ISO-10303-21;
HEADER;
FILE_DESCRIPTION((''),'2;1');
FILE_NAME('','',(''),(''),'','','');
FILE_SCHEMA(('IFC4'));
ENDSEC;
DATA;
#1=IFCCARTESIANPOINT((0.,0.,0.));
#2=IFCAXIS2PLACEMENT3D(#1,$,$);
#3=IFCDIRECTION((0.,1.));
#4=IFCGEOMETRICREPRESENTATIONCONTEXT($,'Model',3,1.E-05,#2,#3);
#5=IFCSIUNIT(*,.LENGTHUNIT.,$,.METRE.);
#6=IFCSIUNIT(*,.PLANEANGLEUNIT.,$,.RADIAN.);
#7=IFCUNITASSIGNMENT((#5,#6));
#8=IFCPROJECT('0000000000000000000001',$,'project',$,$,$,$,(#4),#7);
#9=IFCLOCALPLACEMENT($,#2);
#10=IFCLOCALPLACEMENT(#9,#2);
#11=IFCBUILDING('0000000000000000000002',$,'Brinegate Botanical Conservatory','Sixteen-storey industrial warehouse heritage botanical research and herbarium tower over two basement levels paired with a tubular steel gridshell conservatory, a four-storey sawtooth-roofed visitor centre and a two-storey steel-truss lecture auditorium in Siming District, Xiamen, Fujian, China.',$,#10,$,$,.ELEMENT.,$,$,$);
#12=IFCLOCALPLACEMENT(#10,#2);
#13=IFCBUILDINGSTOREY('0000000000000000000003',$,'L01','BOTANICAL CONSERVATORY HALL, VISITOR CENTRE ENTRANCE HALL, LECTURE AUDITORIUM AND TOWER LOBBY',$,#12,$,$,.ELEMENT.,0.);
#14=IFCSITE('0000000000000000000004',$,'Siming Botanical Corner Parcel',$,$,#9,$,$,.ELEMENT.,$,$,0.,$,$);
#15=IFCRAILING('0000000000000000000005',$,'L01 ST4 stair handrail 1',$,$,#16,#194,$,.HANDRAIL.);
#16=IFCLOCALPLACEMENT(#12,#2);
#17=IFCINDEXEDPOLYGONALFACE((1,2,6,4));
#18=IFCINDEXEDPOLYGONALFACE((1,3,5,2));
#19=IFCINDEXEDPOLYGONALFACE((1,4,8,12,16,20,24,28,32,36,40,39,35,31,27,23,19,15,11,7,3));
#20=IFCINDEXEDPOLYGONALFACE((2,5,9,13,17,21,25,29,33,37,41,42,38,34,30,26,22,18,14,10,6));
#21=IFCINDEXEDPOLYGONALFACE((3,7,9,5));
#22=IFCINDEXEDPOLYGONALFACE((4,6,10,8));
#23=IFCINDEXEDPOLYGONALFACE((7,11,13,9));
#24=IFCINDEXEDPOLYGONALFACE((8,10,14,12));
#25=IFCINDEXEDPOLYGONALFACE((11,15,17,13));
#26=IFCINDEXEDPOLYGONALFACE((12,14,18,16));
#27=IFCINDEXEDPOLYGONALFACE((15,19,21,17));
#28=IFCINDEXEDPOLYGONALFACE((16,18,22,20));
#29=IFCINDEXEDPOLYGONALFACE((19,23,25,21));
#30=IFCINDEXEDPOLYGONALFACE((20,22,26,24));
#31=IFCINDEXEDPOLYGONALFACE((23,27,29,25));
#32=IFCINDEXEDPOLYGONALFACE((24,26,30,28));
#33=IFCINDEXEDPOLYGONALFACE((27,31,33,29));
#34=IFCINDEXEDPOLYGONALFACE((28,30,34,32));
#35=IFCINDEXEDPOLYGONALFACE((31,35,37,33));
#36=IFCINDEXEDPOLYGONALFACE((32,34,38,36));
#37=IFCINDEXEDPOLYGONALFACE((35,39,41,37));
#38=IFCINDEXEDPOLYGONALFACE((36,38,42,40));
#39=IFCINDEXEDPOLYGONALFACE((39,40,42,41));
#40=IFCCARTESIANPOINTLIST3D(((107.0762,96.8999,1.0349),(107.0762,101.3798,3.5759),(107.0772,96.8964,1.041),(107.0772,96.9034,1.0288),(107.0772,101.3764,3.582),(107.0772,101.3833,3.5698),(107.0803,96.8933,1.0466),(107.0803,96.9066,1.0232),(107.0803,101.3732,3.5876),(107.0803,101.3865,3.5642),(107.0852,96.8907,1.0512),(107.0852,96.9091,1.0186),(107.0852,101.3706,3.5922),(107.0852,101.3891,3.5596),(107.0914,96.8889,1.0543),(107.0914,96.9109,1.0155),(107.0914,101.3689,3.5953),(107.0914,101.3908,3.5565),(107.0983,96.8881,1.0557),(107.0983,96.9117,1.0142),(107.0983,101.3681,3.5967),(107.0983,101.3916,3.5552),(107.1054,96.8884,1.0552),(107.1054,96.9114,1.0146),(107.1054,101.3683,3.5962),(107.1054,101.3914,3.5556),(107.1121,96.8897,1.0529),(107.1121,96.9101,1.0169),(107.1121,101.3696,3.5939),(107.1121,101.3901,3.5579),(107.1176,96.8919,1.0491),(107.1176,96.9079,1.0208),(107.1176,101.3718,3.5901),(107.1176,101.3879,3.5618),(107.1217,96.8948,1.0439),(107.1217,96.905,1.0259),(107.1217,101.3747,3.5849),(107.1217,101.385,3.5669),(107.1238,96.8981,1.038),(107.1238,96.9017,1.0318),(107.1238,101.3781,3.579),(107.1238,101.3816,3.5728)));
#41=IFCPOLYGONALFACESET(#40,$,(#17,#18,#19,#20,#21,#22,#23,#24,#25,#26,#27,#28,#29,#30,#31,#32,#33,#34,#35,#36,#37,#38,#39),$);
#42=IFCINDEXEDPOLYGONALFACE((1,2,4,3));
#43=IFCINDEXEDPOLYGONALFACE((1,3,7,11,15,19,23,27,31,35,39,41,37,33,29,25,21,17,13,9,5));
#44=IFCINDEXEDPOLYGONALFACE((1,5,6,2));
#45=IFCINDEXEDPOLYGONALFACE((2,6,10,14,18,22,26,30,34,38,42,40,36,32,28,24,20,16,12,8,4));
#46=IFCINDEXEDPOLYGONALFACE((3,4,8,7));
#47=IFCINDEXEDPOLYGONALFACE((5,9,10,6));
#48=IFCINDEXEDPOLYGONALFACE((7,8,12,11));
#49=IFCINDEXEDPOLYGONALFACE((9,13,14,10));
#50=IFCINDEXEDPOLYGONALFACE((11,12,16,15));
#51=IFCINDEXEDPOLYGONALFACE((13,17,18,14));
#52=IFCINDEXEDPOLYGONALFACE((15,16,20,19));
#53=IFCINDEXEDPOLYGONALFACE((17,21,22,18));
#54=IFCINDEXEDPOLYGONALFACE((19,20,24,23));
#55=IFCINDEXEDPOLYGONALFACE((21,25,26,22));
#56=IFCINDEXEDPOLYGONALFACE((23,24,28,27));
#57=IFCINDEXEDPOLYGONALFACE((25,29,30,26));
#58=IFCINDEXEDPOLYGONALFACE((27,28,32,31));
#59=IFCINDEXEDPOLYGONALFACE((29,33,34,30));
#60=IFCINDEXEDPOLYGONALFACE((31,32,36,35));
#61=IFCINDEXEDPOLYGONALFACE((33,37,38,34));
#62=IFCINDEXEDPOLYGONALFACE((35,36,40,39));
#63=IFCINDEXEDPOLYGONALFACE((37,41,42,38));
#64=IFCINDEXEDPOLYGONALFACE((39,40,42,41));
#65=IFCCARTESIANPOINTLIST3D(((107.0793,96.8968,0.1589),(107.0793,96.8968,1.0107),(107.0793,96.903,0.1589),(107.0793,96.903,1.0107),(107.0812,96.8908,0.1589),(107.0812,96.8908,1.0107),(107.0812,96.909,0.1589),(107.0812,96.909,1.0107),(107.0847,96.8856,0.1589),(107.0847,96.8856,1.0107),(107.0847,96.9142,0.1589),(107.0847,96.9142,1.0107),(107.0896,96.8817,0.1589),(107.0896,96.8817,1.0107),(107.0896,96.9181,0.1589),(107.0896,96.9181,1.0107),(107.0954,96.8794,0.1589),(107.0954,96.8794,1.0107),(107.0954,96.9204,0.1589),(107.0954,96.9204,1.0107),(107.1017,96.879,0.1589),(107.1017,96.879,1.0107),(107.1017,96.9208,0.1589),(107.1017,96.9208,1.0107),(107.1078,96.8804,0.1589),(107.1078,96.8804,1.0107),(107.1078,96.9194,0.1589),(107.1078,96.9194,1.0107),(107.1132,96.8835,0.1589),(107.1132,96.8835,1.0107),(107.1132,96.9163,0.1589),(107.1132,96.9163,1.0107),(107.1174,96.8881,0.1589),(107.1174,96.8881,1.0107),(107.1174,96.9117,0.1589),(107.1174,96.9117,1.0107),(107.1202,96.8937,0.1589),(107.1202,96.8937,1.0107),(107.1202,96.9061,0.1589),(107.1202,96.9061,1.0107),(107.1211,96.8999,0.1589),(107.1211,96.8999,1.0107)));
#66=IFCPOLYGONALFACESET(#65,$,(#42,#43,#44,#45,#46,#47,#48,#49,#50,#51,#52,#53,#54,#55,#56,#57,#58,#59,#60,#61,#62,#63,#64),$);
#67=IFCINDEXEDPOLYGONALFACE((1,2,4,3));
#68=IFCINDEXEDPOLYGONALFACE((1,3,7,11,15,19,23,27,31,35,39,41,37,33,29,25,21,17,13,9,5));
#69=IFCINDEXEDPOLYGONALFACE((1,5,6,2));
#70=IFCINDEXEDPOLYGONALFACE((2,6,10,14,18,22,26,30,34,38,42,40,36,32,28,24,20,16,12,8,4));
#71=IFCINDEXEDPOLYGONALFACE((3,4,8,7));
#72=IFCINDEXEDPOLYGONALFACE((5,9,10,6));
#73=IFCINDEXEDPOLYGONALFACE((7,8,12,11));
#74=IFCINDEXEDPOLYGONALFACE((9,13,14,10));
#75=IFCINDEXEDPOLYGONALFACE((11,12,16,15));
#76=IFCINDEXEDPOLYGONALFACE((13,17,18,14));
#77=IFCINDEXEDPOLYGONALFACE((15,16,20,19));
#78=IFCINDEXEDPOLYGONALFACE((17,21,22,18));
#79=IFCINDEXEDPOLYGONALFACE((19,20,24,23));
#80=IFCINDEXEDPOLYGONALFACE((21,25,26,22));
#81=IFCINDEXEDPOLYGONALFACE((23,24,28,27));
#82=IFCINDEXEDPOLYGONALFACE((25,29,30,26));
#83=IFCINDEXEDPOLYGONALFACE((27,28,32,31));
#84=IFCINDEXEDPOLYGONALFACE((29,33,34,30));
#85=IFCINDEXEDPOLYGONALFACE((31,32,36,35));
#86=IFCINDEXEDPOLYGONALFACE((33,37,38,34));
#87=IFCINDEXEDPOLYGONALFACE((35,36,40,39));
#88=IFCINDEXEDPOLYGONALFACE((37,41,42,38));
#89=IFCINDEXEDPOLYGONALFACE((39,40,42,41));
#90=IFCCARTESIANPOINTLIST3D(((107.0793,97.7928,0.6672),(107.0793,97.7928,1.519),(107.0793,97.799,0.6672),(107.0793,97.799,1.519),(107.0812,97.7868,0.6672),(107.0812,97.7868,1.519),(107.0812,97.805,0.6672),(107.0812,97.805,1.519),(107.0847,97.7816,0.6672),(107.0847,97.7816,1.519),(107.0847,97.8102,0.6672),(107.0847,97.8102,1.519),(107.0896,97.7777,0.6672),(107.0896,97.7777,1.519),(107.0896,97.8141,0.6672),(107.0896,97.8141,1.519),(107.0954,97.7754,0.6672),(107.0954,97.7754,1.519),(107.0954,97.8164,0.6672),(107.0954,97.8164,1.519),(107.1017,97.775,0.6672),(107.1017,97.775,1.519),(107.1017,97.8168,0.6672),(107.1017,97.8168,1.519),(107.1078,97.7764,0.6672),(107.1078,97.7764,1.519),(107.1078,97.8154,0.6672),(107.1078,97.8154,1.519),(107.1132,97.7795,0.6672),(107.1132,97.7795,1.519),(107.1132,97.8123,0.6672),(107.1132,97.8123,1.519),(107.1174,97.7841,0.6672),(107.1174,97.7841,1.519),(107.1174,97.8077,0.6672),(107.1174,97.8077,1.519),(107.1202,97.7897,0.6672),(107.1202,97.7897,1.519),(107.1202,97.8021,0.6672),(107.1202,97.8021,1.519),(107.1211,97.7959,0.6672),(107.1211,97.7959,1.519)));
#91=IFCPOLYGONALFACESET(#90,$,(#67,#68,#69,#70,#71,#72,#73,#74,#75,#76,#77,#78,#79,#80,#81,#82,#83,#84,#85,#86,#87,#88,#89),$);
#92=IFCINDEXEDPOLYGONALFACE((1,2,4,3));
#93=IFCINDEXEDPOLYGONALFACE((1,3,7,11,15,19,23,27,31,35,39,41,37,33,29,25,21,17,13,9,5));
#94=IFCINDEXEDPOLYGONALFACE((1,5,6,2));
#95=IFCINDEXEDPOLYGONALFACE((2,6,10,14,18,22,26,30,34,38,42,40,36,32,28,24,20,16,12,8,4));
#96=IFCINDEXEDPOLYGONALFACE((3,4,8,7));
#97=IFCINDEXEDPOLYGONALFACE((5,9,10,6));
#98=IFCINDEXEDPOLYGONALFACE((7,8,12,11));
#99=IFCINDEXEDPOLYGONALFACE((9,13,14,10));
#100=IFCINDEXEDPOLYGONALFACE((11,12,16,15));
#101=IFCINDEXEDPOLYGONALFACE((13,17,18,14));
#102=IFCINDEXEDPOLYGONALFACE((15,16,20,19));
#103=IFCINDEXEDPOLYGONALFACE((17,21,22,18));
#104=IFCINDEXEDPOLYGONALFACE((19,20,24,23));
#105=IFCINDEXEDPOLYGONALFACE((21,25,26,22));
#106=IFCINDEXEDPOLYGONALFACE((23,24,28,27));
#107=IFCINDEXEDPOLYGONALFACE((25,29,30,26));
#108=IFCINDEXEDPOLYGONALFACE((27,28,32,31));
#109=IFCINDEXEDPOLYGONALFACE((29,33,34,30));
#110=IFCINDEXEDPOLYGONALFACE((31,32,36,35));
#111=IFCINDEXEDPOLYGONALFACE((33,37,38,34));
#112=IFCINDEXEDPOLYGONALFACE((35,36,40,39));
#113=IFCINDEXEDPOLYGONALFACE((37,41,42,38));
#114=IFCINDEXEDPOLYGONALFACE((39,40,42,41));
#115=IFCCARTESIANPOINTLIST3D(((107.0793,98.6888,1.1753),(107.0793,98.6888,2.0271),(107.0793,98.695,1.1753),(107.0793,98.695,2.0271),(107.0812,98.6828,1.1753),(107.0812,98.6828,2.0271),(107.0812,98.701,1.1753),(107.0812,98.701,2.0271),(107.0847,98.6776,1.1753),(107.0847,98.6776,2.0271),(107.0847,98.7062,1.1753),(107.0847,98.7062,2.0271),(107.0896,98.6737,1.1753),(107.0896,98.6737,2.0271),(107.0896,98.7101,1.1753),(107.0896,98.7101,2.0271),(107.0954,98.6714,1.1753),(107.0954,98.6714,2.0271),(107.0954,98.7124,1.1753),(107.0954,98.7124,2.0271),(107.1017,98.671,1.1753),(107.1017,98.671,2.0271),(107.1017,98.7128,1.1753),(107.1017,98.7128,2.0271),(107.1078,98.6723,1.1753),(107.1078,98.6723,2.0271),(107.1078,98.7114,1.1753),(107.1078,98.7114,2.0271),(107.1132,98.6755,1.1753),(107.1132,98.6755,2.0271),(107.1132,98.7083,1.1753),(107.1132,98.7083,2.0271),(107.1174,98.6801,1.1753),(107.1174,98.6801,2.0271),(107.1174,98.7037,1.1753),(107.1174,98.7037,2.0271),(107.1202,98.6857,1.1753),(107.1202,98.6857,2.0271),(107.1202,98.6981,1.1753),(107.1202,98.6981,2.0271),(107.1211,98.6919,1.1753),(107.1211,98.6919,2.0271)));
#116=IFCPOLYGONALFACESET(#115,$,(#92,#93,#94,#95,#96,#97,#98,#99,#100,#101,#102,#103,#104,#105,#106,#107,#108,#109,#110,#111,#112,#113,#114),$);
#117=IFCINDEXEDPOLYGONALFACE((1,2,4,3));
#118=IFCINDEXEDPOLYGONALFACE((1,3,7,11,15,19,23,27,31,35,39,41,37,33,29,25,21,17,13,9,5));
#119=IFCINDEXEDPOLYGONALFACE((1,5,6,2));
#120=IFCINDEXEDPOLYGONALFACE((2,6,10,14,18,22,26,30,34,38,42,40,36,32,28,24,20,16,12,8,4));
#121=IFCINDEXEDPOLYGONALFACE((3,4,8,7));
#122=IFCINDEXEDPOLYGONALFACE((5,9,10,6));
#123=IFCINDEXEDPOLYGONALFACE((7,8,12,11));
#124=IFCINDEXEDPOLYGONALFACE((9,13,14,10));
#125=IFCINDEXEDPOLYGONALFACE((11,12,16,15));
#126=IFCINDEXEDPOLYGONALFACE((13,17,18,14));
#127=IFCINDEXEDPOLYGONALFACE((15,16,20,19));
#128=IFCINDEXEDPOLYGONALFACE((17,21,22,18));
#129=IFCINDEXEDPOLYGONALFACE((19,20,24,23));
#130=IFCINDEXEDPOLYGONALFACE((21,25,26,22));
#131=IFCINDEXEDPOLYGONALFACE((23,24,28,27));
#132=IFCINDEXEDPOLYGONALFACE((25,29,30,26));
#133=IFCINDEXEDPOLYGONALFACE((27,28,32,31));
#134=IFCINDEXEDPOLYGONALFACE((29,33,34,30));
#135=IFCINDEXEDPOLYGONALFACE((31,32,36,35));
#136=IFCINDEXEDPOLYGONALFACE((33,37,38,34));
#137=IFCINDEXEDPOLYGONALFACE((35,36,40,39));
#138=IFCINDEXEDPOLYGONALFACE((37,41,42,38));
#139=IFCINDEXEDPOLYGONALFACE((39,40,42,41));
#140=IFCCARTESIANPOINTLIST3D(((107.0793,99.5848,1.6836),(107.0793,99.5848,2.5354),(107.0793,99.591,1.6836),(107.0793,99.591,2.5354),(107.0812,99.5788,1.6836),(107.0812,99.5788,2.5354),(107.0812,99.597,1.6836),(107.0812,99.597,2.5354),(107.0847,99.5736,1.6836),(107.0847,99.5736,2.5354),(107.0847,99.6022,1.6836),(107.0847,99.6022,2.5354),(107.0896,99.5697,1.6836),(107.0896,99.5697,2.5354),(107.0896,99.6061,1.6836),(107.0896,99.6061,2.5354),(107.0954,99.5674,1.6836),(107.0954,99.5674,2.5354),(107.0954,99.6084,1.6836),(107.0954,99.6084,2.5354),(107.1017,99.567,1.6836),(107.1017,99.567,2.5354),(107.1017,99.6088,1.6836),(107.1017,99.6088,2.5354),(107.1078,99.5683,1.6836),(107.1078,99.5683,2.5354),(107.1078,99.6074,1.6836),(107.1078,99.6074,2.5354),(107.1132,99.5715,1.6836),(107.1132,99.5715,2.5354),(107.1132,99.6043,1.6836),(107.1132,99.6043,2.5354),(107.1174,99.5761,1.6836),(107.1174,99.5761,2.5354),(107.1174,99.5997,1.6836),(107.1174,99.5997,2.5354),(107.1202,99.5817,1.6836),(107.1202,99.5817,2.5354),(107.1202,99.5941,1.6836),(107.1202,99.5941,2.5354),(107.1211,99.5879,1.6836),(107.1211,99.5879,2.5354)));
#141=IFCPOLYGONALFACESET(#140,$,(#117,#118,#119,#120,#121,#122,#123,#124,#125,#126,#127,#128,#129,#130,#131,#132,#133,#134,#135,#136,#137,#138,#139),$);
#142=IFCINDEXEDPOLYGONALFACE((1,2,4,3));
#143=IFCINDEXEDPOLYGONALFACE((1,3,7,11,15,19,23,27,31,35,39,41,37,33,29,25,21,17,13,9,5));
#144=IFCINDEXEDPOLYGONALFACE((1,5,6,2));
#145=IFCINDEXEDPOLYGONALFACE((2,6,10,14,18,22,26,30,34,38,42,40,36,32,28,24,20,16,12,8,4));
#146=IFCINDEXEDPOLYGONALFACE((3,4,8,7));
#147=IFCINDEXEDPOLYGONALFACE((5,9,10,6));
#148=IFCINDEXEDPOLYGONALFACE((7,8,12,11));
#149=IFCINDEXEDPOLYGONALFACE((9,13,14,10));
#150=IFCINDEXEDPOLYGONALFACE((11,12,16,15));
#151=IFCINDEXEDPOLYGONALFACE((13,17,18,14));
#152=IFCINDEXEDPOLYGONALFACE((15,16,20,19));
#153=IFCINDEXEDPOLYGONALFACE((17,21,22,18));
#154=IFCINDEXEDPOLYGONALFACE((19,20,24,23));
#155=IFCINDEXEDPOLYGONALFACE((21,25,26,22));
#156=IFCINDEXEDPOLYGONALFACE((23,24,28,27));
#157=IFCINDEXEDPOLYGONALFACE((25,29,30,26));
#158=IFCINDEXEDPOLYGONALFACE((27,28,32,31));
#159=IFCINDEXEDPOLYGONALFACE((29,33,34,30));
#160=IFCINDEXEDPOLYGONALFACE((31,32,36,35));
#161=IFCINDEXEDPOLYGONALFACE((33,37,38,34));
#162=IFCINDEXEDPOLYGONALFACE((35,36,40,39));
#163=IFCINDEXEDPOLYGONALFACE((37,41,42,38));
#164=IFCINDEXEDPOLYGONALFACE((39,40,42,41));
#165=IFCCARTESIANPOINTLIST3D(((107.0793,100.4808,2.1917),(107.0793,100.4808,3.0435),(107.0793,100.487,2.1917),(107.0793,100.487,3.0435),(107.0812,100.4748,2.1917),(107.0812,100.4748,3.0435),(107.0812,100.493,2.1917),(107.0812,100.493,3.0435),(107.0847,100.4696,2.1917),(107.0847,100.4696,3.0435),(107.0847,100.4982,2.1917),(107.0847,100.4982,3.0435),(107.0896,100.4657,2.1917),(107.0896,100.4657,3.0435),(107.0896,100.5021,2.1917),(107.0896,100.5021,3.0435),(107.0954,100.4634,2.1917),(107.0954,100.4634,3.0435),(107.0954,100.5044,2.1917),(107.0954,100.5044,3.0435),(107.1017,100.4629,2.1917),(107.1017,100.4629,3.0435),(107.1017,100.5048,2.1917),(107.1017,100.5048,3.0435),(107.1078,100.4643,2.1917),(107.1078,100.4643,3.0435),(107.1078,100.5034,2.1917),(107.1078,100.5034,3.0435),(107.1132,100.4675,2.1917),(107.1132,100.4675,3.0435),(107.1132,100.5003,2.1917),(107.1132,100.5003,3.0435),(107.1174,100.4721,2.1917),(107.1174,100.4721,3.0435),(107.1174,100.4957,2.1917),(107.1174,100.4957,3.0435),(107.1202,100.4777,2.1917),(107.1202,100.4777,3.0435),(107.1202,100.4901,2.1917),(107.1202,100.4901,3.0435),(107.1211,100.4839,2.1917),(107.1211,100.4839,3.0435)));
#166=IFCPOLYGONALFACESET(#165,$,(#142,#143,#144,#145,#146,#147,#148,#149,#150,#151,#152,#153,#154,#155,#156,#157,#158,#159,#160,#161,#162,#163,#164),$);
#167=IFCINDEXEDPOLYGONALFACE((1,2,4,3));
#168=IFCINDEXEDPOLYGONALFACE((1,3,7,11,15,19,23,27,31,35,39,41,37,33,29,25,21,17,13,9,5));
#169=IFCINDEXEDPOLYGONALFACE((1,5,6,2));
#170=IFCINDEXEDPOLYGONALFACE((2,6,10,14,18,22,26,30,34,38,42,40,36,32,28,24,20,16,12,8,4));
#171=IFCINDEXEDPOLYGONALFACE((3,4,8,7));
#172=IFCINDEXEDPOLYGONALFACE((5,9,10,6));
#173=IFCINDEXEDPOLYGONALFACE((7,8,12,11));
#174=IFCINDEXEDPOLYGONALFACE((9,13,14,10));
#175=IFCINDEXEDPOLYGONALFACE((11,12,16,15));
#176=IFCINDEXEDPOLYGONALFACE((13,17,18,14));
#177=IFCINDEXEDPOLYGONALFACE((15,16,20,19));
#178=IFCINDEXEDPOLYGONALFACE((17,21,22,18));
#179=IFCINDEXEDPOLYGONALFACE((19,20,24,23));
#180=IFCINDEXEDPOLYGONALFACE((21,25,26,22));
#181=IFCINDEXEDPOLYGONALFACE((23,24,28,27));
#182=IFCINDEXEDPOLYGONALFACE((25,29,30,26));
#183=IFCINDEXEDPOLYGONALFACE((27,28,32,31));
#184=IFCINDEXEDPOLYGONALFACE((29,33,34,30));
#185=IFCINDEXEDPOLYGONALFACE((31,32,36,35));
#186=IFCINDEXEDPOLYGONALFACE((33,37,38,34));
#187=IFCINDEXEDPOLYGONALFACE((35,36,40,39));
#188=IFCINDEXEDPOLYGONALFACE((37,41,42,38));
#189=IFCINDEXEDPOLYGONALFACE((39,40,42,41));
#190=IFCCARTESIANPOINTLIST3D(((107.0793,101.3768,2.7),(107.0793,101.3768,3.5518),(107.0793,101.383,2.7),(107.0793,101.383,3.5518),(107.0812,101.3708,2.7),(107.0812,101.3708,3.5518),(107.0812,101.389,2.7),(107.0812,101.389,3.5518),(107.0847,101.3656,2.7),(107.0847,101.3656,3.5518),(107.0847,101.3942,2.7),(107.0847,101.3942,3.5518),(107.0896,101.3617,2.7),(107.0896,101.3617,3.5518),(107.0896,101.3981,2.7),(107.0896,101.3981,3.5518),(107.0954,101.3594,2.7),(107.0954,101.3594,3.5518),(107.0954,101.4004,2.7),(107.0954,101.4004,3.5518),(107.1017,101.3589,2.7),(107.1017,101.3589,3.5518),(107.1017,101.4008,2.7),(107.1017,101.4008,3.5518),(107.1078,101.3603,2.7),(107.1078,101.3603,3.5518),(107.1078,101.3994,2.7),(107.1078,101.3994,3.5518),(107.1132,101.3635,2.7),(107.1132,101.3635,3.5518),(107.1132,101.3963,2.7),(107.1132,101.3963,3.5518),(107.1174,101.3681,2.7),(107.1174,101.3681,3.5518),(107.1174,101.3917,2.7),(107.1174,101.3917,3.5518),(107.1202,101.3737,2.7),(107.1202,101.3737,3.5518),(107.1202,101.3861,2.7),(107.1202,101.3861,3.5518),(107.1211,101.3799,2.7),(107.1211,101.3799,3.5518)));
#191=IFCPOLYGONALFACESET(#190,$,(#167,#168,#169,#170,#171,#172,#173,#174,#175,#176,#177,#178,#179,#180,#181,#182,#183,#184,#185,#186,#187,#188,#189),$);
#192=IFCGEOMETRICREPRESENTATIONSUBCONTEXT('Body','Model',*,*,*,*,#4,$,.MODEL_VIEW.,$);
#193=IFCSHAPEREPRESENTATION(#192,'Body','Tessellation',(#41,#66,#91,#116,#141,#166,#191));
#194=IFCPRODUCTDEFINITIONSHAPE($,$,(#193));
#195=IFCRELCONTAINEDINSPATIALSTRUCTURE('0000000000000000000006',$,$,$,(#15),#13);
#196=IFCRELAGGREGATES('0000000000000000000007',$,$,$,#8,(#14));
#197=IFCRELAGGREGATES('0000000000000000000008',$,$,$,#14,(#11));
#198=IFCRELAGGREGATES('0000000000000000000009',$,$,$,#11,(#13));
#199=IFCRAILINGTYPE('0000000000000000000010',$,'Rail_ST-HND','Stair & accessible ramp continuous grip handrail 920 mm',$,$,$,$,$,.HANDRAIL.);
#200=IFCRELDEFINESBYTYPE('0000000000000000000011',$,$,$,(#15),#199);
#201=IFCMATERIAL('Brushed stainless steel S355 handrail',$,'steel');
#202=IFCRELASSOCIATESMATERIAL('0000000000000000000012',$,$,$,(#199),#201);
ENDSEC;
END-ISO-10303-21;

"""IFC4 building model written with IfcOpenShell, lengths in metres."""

from ifc_helpers import new_model, si_unit, direction, frame, origin, origin_2d, place, context, subcontext, project, spatial, circle, extrude, material, type_object, element, save


model = new_model("IFC4")

# Units and contexts
model_context = context("Model", 3, precision=1e-05, world=origin(), true_north=direction((0.0, 1.0)))
body_context = subcontext(model_context, "Body", "Model", "MODEL_VIEW")
ifc_project = project(units=[si_unit("LENGTHUNIT", "METRE"), si_unit("PLANEANGLEUNIT", "RADIAN")], contexts=[model_context])

# Site, building, storey
site_placement = place(None, origin())
site = spatial("IfcSite", under=ifc_project, at=site_placement, Name="Siming Botanical Corner Parcel", CompositionType="ELEMENT", RefElevation=0.0)
building_placement = place(site_placement, origin())
building = spatial("IfcBuilding", under=site, at=building_placement, Name="Brinegate Botanical Conservatory", Description="Sixteen-storey industrial warehouse heritage botanical research and herbarium tower over two basement levels paired with a tubular steel gridshell conservatory, a four-storey sawtooth-roofed visitor centre and a two-storey steel-truss lecture auditorium in Siming District, Xiamen, Fujian, China.", CompositionType="ELEMENT")
storey_placement = place(building_placement, origin())
storey = spatial("IfcBuildingStorey", under=building, at=storey_placement, Name="L01", Description="BOTANICAL CONSERVATORY HALL, VISITOR CENTRE ENTRANCE HALL, LECTURE AUDITORIUM AND TOWER LOBBY", CompositionType="ELEMENT", Elevation=0.0)

# Railing
ifc_material_1 = material(Name="Brushed stainless steel S355 handrail", Category="steel")
railing_type_1 = type_object("IfcRailingType", Name="Rail_ST-HND", Description="Stair & accessible ramp continuous grip handrail 920 mm", PredefinedType="HANDRAIL", material=ifc_material_1)
railing_1_placement = place(storey_placement, frame((107.1001, 96.8999, 0.1589)))
element("IfcRailing", 1, at=railing_1_placement, inside=storey, type_object=railing_type_1, Name="L01 ST4 stair handrail 1", PredefinedType="HANDRAIL", context=body_context, shape_type="SweptSolid", body=[
    extrude(circle(Radius=0.0239, at=origin_2d()), frame((0.0, 0.0, 0.876), z_axis=(0.0, 0.869826, 0.493359), x_axis=(-1.0, 0.0, 0.0)), (0.0, 0.0, 1.0), 5.1504),
    extrude(circle(Radius=0.021, at=origin_2d()), origin(), (0.0, 0.0, 1.0), 0.8518),
    extrude(circle(Radius=0.021, at=origin_2d()), frame((0.0, 0.896, 0.5083)), (0.0, 0.0, 1.0), 0.8518),
    extrude(circle(Radius=0.021, at=origin_2d()), frame((0.0, 1.792, 1.0164)), (0.0, 0.0, 1.0), 0.8518),
    extrude(circle(Radius=0.021, at=origin_2d()), frame((0.0, 2.688, 1.5247)), (0.0, 0.0, 1.0), 0.8518),
    extrude(circle(Radius=0.021, at=origin_2d()), frame((0.0, 3.584, 2.0327)), (0.0, 0.0, 1.0), 0.8518),
    extrude(circle(Radius=0.021, at=origin_2d()), frame((0.0, 4.48, 2.541)), (0.0, 0.0, 1.0), 0.8518),
])

save(model, "model.ifc")
